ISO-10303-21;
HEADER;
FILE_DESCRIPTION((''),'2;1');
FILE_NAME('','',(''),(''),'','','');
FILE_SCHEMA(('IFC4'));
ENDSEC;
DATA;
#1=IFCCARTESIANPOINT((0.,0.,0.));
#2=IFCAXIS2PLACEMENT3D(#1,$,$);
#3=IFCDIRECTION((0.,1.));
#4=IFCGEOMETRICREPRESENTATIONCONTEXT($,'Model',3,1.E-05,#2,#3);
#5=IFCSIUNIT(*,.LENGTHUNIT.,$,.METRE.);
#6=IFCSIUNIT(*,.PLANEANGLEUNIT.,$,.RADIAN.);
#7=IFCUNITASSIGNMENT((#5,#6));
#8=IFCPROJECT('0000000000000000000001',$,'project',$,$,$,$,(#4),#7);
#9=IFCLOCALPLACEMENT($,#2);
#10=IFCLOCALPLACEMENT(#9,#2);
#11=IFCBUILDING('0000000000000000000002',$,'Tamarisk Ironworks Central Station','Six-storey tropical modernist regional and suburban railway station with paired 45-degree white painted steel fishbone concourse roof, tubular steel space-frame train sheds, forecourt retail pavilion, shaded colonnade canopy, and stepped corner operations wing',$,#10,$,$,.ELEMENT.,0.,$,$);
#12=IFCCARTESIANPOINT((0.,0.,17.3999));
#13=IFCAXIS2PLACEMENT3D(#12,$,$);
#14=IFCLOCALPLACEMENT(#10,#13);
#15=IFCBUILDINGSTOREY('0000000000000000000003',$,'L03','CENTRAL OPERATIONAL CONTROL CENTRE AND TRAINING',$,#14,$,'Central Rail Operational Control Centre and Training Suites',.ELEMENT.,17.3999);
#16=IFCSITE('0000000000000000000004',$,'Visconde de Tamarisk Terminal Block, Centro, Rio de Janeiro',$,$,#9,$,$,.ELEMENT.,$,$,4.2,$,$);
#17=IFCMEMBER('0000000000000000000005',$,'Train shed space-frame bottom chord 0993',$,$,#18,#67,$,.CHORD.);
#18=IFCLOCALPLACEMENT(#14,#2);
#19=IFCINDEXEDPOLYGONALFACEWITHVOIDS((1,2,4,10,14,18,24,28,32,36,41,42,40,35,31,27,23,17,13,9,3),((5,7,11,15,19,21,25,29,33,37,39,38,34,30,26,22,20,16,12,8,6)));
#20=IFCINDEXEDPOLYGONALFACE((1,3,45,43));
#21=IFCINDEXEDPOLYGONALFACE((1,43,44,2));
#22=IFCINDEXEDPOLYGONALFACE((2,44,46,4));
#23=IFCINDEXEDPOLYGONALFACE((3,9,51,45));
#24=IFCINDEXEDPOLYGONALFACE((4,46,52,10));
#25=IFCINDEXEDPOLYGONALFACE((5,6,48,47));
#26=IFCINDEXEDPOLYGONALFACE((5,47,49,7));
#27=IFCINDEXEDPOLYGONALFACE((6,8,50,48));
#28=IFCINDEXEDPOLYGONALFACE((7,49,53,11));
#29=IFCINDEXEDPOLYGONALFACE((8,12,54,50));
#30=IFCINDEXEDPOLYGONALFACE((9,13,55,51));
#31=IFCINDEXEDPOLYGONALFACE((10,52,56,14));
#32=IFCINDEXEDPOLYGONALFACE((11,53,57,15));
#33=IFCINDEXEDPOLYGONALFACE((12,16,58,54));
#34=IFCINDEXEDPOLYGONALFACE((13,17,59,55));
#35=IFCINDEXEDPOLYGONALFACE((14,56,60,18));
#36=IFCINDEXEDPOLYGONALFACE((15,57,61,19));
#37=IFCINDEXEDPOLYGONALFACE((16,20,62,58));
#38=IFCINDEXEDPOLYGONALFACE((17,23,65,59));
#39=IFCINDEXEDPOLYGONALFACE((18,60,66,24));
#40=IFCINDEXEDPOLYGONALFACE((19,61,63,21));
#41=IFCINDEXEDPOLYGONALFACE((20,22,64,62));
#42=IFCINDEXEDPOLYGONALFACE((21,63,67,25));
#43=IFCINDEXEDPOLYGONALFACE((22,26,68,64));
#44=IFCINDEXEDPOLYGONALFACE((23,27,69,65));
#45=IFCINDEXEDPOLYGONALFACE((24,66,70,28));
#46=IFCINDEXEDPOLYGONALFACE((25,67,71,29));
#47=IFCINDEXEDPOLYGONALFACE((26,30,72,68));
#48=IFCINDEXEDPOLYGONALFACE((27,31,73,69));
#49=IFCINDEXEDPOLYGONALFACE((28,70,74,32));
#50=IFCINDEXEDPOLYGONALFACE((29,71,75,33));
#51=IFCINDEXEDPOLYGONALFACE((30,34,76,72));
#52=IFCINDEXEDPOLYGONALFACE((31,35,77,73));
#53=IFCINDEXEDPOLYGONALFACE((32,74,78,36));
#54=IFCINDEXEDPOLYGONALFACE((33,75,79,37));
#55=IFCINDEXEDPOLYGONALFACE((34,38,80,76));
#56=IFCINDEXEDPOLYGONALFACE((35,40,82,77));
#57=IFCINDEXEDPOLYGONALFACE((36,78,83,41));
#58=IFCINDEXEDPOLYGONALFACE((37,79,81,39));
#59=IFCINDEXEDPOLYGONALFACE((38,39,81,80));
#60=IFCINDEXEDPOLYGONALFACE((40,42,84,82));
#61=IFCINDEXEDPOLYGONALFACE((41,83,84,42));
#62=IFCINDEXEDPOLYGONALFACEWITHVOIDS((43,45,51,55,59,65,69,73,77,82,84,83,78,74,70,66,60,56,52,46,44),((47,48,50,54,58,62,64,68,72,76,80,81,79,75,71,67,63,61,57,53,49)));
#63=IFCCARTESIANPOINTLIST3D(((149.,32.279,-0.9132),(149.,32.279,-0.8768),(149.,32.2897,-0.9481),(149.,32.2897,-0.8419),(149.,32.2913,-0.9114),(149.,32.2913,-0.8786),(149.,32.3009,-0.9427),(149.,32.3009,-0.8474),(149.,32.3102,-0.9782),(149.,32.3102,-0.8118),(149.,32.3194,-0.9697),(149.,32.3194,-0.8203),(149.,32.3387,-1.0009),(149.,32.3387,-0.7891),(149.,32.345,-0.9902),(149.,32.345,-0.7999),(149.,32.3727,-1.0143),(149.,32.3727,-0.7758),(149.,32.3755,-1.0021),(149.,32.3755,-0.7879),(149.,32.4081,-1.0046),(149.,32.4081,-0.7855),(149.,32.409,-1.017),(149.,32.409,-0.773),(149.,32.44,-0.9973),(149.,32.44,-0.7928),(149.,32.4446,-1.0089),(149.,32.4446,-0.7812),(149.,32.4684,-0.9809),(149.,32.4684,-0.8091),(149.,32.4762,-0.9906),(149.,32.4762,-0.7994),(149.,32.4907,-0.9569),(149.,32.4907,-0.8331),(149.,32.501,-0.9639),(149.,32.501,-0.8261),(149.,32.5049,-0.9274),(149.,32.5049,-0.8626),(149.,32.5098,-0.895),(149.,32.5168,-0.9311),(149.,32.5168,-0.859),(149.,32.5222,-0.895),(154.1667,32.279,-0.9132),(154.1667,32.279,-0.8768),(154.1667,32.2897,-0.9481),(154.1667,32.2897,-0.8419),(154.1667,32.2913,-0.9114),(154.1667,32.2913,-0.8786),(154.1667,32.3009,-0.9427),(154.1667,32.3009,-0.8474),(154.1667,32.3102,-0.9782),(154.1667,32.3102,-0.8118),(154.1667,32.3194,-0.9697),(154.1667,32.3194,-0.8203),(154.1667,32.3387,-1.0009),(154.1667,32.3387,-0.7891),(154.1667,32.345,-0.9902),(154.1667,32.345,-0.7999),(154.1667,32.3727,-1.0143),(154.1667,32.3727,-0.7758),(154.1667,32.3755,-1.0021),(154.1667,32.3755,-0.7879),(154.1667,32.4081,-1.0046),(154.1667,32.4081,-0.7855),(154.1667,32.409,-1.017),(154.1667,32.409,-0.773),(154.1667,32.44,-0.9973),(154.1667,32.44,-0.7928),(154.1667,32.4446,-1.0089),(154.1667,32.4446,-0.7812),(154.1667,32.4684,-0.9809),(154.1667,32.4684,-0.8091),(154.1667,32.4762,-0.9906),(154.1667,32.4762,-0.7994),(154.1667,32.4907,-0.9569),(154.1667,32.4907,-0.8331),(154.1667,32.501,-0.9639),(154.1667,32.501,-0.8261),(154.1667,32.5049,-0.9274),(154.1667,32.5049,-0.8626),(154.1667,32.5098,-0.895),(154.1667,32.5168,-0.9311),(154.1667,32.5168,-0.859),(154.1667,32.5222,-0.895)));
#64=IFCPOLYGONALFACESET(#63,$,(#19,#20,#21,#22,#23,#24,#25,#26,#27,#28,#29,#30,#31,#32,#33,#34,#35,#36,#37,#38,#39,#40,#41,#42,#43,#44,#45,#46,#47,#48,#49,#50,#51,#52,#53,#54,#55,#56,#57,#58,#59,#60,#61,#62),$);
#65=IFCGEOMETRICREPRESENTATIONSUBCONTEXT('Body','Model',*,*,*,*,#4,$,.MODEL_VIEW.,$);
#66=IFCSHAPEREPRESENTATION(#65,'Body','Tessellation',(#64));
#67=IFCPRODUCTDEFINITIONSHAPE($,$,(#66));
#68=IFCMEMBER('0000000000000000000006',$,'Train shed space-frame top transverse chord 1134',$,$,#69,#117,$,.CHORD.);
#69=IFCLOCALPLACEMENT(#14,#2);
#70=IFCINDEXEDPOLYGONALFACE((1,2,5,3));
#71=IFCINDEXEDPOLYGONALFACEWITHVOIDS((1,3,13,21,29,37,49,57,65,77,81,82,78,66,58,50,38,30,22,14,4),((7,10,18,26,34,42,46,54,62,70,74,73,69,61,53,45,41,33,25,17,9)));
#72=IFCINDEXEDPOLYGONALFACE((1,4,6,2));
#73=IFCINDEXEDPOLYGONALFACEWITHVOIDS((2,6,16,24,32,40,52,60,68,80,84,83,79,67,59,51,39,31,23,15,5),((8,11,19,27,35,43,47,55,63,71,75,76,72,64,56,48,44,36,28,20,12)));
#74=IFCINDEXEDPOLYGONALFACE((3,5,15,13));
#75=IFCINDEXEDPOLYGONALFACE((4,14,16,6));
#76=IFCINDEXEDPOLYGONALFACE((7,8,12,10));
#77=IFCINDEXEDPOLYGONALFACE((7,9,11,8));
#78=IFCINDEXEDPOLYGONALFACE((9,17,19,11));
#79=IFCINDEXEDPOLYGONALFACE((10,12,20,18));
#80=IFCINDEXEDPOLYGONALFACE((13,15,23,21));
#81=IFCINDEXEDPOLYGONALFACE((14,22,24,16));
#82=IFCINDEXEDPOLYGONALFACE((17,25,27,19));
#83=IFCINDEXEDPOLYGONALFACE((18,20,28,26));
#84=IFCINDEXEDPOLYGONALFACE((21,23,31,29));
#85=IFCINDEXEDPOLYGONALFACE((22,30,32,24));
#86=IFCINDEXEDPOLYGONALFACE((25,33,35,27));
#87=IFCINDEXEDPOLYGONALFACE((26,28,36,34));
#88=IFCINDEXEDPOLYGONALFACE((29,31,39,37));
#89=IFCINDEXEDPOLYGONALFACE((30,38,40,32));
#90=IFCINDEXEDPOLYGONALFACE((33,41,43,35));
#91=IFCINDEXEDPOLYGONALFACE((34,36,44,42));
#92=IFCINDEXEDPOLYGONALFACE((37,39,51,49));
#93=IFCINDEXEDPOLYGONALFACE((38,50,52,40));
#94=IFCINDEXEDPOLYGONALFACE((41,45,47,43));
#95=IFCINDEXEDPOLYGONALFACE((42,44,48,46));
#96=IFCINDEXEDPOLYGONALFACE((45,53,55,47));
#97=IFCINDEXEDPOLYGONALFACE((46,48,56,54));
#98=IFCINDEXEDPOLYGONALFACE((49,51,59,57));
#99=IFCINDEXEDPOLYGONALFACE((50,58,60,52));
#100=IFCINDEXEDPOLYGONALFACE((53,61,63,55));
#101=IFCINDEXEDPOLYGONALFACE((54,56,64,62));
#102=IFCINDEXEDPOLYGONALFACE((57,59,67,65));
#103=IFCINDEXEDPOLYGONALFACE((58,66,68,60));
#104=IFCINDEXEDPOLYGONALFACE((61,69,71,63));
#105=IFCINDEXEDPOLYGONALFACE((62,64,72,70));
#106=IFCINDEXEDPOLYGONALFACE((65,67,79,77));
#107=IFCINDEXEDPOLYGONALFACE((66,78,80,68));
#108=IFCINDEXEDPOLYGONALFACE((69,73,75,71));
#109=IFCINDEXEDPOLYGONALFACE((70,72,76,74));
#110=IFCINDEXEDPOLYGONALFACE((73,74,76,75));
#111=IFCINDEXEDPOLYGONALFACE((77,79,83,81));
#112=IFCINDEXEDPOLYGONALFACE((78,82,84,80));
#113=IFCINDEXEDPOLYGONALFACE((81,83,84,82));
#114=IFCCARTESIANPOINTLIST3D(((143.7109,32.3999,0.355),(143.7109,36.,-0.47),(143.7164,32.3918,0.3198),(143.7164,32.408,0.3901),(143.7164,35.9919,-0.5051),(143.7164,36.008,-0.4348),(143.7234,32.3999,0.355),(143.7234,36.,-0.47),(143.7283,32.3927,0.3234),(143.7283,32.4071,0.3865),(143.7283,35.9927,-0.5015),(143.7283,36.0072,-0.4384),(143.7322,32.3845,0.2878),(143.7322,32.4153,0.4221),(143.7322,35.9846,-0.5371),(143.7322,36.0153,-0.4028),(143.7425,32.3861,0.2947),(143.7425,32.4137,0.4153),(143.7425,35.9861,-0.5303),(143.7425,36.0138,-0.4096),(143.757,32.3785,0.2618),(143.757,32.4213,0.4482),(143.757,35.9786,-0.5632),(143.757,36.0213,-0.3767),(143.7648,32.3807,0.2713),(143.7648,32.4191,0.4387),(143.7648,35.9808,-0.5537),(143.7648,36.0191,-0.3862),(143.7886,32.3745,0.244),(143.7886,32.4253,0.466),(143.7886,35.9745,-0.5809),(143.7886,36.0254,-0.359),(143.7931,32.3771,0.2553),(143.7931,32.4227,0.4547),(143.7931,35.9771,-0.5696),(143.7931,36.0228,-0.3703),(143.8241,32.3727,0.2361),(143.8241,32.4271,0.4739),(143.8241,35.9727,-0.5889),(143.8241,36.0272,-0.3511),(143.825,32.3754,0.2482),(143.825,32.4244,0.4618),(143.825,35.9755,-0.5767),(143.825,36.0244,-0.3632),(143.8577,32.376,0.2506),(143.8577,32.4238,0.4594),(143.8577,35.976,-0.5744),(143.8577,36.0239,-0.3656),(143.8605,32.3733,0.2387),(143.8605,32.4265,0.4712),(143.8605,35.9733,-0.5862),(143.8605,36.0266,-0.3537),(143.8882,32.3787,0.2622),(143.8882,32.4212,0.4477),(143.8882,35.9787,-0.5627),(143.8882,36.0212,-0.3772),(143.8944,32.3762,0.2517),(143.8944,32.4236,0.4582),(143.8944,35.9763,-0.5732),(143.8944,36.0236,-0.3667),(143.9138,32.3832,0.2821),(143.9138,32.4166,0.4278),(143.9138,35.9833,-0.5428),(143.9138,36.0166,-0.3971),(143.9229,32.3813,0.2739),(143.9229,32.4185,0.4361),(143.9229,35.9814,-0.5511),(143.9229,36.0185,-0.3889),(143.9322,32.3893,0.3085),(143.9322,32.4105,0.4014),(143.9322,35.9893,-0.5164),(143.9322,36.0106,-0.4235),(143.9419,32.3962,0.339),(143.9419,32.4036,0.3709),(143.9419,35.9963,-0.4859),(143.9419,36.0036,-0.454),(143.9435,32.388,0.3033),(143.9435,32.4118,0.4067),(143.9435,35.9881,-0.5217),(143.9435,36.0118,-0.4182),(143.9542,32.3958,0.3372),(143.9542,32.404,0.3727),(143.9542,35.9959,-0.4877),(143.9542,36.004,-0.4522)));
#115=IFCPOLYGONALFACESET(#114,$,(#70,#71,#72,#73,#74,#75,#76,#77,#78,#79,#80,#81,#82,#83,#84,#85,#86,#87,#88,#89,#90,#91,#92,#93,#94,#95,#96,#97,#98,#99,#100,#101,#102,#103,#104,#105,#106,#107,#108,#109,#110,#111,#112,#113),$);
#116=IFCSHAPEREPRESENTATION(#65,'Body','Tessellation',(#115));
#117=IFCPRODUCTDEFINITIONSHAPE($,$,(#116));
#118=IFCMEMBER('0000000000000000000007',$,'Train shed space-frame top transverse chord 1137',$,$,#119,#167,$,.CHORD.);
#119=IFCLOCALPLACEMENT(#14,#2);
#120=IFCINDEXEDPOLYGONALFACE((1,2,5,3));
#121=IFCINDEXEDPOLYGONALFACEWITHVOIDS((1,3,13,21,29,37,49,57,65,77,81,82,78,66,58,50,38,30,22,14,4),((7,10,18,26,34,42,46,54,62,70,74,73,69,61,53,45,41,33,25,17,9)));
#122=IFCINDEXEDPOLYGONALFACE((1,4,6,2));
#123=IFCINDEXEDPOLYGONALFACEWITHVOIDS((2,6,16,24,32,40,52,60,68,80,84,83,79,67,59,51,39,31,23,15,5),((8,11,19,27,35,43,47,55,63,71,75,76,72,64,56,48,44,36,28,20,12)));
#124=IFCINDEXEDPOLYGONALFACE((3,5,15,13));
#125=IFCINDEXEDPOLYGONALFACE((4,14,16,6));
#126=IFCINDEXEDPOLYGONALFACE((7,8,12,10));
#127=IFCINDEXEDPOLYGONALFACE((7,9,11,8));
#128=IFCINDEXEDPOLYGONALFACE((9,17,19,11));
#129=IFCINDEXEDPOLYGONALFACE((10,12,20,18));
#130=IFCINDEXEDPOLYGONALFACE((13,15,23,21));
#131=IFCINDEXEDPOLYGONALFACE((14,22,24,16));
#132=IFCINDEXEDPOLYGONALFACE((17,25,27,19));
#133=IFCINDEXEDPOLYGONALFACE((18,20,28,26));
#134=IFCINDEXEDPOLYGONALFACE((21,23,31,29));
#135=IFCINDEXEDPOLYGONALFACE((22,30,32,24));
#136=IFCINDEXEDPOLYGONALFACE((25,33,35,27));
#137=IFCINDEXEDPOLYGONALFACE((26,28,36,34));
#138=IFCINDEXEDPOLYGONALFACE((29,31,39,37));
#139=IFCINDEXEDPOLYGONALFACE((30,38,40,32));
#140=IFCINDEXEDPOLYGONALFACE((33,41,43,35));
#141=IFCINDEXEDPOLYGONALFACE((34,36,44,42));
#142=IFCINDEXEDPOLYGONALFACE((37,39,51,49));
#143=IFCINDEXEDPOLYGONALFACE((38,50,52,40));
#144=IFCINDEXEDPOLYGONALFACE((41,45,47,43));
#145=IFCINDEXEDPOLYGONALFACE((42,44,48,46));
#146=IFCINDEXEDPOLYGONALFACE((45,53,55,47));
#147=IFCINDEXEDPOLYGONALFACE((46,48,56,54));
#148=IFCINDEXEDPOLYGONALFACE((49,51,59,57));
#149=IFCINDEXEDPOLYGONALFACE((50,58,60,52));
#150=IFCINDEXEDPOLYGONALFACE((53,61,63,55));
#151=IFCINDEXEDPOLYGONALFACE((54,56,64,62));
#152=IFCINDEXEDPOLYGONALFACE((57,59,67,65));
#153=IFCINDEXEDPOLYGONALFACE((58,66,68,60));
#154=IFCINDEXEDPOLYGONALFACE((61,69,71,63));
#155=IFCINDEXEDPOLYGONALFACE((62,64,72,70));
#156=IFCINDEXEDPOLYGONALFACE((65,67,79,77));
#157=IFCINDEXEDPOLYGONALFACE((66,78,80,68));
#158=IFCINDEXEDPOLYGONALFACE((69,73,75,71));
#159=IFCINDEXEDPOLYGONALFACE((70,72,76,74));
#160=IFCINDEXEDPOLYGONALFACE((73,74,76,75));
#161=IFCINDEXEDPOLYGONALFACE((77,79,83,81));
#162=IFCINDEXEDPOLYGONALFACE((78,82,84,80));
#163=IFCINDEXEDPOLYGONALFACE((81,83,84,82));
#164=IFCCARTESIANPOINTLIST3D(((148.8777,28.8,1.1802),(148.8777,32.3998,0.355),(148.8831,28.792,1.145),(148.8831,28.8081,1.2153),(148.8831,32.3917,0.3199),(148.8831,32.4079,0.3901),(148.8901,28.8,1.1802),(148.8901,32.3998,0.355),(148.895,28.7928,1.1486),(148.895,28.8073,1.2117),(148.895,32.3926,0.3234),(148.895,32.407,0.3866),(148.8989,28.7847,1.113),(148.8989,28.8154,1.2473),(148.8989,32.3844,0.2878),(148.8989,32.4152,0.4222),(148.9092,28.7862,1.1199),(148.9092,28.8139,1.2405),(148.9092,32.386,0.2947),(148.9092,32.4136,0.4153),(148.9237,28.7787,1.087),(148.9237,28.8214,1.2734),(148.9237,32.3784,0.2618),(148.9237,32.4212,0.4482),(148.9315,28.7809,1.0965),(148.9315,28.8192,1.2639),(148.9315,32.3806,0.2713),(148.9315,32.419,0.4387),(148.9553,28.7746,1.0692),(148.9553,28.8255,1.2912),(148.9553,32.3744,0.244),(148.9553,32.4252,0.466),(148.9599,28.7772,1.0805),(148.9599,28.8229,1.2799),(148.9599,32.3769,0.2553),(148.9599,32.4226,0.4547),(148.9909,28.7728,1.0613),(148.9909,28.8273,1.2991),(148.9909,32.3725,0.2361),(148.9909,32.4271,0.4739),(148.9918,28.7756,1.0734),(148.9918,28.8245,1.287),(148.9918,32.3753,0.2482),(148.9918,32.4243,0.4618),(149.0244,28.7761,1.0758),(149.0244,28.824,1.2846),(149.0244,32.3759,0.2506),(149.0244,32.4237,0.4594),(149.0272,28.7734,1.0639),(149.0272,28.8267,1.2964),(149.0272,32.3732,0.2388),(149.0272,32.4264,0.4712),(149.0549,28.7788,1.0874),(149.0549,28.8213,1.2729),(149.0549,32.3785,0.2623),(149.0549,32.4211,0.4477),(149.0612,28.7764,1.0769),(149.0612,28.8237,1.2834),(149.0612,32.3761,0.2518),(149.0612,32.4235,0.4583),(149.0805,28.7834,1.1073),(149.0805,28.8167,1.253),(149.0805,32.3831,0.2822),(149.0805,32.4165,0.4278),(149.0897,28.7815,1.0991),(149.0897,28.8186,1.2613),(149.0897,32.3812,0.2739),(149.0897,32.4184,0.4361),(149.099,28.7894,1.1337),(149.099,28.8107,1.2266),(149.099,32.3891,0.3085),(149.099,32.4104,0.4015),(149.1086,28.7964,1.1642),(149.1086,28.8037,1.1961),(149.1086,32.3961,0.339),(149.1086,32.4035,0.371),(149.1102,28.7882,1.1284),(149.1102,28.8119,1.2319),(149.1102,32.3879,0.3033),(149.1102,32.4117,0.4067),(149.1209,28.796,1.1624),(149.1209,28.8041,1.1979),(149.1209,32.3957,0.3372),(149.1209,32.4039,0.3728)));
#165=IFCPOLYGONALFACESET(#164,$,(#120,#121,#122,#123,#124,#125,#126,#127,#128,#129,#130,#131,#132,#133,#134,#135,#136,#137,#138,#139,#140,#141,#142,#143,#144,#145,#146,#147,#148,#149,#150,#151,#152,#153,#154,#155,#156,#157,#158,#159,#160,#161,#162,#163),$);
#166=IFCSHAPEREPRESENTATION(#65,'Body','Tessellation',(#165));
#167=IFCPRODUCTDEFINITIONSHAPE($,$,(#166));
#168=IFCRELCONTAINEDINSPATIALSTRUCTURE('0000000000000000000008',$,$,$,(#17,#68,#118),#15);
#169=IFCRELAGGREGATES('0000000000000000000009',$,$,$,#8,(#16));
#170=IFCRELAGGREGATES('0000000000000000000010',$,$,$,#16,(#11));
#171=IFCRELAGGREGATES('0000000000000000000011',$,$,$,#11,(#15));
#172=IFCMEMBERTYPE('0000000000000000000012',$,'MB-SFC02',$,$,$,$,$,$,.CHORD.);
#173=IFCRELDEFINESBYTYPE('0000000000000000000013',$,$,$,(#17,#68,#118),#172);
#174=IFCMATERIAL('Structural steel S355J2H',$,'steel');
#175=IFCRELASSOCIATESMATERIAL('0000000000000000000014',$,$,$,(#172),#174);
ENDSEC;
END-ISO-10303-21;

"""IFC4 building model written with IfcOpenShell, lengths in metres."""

from ifc_helpers import new_model, si_unit, direction, frame, origin, origin_2d, place, context, subcontext, project, spatial, hollow_circle, extrude, material, material_profile, profile_set, type_object, element, save


model = new_model("IFC4")

# Units and contexts
model_context = context("Model", 3, precision=1e-05, world=origin(), true_north=direction((0.0, 1.0)))
body_context = subcontext(model_context, "Body", "Model", "MODEL_VIEW")
ifc_project = project(units=[si_unit("LENGTHUNIT", "METRE"), si_unit("PLANEANGLEUNIT", "RADIAN")], contexts=[model_context])

# Site, building, storey
site_placement = place(None, origin())
site = spatial("IfcSite", under=ifc_project, at=site_placement, Name="Visconde de Tamarisk Terminal Block, Centro, Rio de Janeiro", CompositionType="ELEMENT", RefElevation=4.2)
building_placement = place(site_placement, origin())
building = spatial("IfcBuilding", under=site, at=building_placement, Name="Tamarisk Ironworks Central Station", Description="Six-storey tropical modernist regional and suburban railway station with paired 45-degree white painted steel fishbone concourse roof, tubular steel space-frame train sheds, forecourt retail pavilion, shaded colonnade canopy, and stepped corner operations wing", CompositionType="ELEMENT", ElevationOfRefHeight=0.0)
storey_placement = place(building_placement, frame((0.0, 0.0, 17.3999)))
storey = spatial("IfcBuildingStorey", under=building, at=storey_placement, Name="L03", Description="CENTRAL OPERATIONAL CONTROL CENTRE AND TRAINING", LongName="Central Rail Operational Control Centre and Training Suites", CompositionType="ELEMENT", Elevation=17.3999)

# Members
ifc_material = material(Name="Structural steel S355J2H", Category="steel")
ifc_material_profile_1 = material_profile(ifc_material, hollow_circle(Radius=0.1223, WallThickness=0.0125, at=origin_2d()), Name="CHS 244.5x12.5")
ifc_profile_set_1 = profile_set([ifc_material_profile_1], Name="Structural steel S355J2H")
member_type_1 = type_object("IfcMemberType", Name="MB-SFC02", PredefinedType="CHORD", material=ifc_profile_set_1)
for number, where, z_axis, x_axis, name in (
    (1, (149.0, 32.3999, -0.895), (1.0, 0.0, 0.0), (0.0, 1.0, 0.0), "Train shed space-frame bottom chord 0993"),
):
    element("IfcMember", number, at=place(storey_placement, frame(where, z_axis=z_axis, x_axis=x_axis)), inside=storey, type_object=member_type_1, Name=name, PredefinedType="CHORD", context=body_context, shape_type="SweptSolid", body=[
        extrude(hollow_circle(Radius=0.1223, WallThickness=0.0125, at=origin_2d()), origin(), (0.0, 0.0, 1.0), 5.1667),
    ])
member_1_placement = place(storey_placement, frame((143.8333, 32.3999, 0.355), z_axis=(0.0, 0.974737, -0.223358), x_axis=(-1.0, 0.0, 0.0)))
element("IfcMember", 2, at=member_1_placement, inside=storey, type_object=member_type_1, Name="Train shed space-frame top transverse chord 1134", PredefinedType="CHORD", context=body_context, shape_type="SweptSolid", body=[
    extrude(hollow_circle(Radius=0.1223, WallThickness=0.0125, at=origin_2d()), origin(), (0.0, 0.0, 1.0), 3.6934),
])
member_2_placement = place(storey_placement, frame((149.0, 28.8, 1.1802), z_axis=(0.0, 0.974719, -0.223435), x_axis=(-1.0, 0.0, 0.0)))
element("IfcMember", 3, at=member_2_placement, inside=storey, type_object=member_type_1, Name="Train shed space-frame top transverse chord 1137", PredefinedType="CHORD", context=body_context, shape_type="SweptSolid", body=[
    extrude(hollow_circle(Radius=0.1223, WallThickness=0.0125, at=origin_2d()), origin(), (0.0, 0.0, 1.0), 3.6931),
])

save(model, "model.ifc")
